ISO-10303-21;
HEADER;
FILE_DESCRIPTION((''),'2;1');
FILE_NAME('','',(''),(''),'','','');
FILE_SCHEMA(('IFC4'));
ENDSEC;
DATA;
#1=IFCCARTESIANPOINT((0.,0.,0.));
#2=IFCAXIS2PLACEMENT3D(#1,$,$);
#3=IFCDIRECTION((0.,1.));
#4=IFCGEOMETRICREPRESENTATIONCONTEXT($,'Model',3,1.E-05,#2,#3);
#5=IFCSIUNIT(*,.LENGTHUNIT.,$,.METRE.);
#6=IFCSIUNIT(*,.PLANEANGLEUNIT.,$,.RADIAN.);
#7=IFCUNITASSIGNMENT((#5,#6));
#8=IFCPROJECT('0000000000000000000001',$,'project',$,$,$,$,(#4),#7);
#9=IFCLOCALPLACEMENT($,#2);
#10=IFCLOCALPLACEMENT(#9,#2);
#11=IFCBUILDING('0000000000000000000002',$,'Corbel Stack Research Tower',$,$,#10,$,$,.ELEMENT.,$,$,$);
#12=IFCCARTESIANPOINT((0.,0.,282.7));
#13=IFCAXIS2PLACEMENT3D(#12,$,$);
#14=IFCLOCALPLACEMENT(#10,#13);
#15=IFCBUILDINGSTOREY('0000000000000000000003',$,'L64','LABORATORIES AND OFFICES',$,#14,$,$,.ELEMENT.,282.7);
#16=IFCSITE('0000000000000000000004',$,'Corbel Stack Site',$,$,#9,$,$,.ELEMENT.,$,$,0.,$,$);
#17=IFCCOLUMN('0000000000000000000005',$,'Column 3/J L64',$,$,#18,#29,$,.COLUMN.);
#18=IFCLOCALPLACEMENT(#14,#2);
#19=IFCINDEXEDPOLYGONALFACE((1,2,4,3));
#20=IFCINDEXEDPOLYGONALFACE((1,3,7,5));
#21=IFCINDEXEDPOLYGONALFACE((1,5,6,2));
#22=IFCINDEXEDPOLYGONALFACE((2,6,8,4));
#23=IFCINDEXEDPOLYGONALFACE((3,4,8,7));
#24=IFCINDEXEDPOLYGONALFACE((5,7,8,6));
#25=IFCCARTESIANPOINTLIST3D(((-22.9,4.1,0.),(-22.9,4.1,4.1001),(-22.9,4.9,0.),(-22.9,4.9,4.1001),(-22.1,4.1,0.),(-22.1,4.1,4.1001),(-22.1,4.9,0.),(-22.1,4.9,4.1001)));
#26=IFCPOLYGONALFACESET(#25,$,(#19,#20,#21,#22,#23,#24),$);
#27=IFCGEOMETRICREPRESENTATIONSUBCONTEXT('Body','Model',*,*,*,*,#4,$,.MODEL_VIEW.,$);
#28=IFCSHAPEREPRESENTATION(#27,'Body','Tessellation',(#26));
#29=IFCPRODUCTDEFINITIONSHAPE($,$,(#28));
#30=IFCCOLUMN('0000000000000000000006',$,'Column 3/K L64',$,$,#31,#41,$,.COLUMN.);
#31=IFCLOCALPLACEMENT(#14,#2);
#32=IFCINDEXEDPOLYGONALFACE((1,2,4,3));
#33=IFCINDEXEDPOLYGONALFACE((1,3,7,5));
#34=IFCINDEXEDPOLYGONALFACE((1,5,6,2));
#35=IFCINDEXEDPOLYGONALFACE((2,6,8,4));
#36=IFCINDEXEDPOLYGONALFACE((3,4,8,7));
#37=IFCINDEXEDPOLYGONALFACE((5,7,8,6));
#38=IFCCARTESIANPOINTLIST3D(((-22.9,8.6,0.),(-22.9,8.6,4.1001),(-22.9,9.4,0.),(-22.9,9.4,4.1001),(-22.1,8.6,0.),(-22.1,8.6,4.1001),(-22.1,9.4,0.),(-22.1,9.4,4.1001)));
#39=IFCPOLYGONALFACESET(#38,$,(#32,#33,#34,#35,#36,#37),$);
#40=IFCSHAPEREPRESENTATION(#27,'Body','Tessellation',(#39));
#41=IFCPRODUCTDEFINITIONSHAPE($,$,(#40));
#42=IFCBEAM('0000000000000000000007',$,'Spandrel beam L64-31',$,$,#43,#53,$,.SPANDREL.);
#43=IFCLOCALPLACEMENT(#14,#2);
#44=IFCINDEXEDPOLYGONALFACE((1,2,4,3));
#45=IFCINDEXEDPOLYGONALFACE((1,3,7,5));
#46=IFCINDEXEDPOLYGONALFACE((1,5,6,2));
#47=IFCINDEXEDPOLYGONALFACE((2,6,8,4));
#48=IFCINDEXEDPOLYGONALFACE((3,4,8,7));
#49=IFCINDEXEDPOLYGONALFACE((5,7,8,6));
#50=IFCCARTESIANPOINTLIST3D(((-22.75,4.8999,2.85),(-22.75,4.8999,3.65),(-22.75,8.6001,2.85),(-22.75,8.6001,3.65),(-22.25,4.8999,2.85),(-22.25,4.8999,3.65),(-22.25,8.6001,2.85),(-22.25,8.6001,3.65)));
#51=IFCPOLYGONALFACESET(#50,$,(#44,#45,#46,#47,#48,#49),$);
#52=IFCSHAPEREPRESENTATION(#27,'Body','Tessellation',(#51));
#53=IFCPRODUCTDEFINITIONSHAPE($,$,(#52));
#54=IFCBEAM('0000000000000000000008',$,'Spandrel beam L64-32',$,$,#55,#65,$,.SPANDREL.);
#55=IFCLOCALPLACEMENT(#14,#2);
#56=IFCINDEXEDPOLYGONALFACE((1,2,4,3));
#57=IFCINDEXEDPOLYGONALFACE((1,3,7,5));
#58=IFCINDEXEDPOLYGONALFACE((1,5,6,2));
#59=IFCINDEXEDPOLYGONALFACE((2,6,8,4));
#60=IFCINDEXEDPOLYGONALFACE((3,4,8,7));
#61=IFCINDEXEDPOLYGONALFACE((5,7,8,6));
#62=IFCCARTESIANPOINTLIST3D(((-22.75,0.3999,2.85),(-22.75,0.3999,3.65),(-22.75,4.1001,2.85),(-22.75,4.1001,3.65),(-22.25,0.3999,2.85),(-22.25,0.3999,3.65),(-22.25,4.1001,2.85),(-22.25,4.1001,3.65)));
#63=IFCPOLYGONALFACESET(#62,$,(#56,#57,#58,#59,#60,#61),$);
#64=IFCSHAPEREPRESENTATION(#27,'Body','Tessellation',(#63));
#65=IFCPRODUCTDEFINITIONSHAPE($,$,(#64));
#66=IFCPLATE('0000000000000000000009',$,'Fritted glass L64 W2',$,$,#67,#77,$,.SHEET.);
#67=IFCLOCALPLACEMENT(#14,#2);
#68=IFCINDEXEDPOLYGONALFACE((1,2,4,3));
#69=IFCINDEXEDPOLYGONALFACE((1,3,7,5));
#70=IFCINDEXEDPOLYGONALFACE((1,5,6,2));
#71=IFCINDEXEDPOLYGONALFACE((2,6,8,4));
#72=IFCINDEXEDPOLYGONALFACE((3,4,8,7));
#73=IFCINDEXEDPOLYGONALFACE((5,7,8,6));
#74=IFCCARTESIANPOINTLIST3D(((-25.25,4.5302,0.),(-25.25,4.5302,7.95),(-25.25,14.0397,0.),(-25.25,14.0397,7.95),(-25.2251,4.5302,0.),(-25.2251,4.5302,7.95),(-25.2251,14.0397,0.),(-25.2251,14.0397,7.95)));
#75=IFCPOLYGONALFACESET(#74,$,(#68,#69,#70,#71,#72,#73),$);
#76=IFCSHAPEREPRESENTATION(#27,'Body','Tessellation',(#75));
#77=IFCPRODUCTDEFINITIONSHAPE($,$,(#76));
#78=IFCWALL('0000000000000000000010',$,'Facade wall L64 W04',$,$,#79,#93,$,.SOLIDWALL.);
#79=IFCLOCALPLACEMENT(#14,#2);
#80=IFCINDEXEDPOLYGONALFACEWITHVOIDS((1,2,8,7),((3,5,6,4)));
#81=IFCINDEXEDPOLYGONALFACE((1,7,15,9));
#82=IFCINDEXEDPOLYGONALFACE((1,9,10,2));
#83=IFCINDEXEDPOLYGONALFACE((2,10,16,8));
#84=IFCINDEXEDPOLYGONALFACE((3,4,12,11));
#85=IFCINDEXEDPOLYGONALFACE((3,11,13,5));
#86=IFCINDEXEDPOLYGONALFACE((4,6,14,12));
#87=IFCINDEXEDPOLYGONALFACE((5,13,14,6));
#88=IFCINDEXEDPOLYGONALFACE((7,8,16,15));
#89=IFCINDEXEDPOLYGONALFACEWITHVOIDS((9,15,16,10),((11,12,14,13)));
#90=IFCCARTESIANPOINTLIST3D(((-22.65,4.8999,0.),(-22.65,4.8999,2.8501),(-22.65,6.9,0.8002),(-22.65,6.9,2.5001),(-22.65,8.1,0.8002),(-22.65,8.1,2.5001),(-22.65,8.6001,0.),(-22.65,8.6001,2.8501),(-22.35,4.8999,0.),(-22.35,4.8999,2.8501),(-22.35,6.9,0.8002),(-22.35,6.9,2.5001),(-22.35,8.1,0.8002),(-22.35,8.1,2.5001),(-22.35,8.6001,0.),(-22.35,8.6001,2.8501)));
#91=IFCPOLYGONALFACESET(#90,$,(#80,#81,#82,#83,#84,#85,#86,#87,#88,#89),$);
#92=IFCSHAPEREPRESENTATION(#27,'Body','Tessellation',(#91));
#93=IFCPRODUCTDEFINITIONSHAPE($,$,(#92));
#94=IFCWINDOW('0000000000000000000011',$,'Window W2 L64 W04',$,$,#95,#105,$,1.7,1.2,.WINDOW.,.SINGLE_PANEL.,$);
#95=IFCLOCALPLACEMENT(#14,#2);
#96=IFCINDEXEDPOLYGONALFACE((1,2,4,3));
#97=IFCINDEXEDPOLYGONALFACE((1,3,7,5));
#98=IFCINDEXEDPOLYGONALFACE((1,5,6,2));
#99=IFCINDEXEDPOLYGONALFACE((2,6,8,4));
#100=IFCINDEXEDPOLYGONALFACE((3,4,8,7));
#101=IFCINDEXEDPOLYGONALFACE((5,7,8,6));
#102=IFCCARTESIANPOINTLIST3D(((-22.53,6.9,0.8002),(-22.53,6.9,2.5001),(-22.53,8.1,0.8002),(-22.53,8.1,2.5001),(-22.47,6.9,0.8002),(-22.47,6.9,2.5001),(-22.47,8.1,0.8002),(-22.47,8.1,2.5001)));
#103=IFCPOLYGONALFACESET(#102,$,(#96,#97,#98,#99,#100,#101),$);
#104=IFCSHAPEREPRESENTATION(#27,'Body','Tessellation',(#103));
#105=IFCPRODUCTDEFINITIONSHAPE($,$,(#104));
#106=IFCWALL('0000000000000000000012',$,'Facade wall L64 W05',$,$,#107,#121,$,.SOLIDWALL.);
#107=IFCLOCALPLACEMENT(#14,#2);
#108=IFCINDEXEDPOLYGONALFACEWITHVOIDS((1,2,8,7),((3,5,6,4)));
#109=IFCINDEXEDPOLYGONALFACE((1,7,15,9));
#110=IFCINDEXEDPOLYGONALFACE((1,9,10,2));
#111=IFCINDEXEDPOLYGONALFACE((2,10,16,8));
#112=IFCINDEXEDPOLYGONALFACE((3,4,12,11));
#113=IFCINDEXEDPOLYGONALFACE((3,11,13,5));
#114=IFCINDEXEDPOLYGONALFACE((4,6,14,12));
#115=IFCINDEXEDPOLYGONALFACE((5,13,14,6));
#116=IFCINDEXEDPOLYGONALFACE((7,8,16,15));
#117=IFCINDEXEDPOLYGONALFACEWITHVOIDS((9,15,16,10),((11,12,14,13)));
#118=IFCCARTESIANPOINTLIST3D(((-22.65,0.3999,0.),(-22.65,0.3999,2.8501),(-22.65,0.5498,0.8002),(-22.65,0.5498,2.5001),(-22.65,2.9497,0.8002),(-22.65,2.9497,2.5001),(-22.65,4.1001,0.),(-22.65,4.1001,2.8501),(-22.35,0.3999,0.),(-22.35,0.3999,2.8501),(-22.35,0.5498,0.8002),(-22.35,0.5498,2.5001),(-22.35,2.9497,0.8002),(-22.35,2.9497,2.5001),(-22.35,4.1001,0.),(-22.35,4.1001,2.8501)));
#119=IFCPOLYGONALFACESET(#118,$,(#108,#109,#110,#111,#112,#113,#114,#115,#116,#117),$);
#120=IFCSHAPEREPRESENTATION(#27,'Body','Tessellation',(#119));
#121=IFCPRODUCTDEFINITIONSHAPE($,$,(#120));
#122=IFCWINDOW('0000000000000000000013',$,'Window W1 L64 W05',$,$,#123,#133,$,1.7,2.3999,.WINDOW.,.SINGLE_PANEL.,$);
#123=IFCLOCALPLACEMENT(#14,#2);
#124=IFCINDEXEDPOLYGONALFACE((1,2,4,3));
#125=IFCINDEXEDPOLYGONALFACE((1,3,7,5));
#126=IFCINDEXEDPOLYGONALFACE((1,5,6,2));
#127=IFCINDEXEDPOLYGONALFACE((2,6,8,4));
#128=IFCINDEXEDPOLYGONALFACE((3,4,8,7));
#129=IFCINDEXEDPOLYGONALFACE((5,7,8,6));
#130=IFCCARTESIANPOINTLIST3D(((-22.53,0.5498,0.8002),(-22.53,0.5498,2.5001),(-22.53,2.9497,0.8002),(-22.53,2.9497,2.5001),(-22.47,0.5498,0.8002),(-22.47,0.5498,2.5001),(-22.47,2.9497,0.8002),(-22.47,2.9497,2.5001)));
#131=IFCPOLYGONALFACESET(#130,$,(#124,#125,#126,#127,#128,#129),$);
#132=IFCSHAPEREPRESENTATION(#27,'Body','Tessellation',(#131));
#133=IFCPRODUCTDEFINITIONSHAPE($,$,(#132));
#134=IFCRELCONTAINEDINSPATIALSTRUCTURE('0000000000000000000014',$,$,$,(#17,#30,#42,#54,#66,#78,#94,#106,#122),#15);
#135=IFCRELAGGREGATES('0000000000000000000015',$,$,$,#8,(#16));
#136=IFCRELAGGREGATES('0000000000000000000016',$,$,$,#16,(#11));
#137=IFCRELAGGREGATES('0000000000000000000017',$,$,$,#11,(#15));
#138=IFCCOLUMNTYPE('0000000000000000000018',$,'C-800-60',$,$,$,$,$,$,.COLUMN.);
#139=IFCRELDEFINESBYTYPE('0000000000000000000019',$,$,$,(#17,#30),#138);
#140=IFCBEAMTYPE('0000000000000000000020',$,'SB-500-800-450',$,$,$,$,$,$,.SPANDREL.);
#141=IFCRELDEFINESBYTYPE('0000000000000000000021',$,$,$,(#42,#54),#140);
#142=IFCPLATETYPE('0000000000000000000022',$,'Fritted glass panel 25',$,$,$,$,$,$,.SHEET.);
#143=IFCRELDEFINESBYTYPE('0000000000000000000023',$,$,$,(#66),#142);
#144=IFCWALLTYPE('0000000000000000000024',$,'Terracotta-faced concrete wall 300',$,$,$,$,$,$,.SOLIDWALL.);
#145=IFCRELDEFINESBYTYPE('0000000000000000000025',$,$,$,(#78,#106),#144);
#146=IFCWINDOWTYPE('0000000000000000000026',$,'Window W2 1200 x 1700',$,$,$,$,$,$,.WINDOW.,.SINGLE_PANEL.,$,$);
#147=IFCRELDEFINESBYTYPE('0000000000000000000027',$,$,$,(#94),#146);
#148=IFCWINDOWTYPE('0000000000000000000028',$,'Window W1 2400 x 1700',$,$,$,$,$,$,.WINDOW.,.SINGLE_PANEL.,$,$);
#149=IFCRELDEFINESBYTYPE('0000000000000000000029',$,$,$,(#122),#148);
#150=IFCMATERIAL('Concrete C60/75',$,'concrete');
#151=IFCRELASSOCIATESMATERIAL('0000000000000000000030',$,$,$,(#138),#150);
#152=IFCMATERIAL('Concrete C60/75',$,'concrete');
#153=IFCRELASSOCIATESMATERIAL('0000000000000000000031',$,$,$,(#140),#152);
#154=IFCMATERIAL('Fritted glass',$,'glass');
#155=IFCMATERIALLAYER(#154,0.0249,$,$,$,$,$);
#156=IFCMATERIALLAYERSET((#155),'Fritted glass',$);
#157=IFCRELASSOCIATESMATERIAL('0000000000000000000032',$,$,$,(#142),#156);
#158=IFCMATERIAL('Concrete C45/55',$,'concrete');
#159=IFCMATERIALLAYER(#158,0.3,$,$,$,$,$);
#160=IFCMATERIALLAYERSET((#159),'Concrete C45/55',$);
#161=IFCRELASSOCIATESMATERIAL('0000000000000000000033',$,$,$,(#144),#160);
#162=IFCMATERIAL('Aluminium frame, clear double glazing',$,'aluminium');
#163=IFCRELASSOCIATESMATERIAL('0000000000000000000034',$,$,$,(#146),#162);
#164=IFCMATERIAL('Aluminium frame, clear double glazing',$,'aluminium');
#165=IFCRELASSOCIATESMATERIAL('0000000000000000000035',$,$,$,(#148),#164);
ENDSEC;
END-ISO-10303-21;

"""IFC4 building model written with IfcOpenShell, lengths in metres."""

from ifc_helpers import new_model, si_unit, direction, frame, frame_2d, origin, origin_2d, place, context, subcontext, project, spatial, rectangle, extrude, material, layer, layer_set, material_profile, profile_set, type_object, element, fill, save


model = new_model("IFC4")

# Units and contexts
model_context = context("Model", 3, precision=1e-05, world=origin(), true_north=direction((0.0, 1.0)))
body_context = subcontext(model_context, "Body", "Model", "MODEL_VIEW")
ifc_project = project(units=[si_unit("LENGTHUNIT", "METRE"), si_unit("PLANEANGLEUNIT", "RADIAN")], contexts=[model_context])

# Site, building, storey
site_placement = place(None, origin())
site = spatial("IfcSite", under=ifc_project, at=site_placement, Name="Corbel Stack Site", CompositionType="ELEMENT", RefElevation=0.0)
building_placement = place(site_placement, origin())
building = spatial("IfcBuilding", under=site, at=building_placement, Name="Corbel Stack Research Tower", CompositionType="ELEMENT")
storey_placement = place(building_placement, frame((0.0, 0.0, 282.7)))
storey = spatial("IfcBuildingStorey", under=building, at=storey_placement, Name="L64", Description="LABORATORIES AND OFFICES", CompositionType="ELEMENT", Elevation=282.7)

# Columns
ifc_material_1 = material(Name="Concrete C60/75", Category="concrete")
ifc_material_profile_1 = material_profile(ifc_material_1, rectangle(XDim=0.8, YDim=0.8, at=origin_2d()), Name="RC 800 x 800")
ifc_profile_set_1 = profile_set([ifc_material_profile_1], Name="Concrete C60/75")
column_type = type_object("IfcColumnType", Name="C-800-60", PredefinedType="COLUMN", material=ifc_profile_set_1)
for number, where, z_axis, x_axis, name in (
    (1, (-22.5, 4.5, 0.0), (0.0, 0.0, 1.0), (1.0, 0.0, 0.0), "Column 3/J L64"),
    (2, (-22.5, 9.0, 0.0), (0.0, 0.0, 1.0), (1.0, 0.0, 0.0), "Column 3/K L64"),
):
    element("IfcColumn", number, at=place(storey_placement, frame(where, z_axis=z_axis, x_axis=x_axis)), inside=storey, type_object=column_type, Name=name, PredefinedType="COLUMN", context=body_context, shape_type="SweptSolid", body=[
        extrude(rectangle(XDim=0.8, YDim=0.8, at=origin_2d()), origin(), (0.0, 0.0, 1.0), 4.1001),
    ])

# Beams
ifc_material_2 = material(Name="Concrete C60/75", Category="concrete")
ifc_material_profile_2 = material_profile(ifc_material_2, rectangle(XDim=0.5, YDim=0.8, at=origin_2d()), Name="RC 500 x 800")
ifc_profile_set_2 = profile_set([ifc_material_profile_2], Name="Concrete C60/75")
beam_type = type_object("IfcBeamType", Name="SB-500-800-450", PredefinedType="SPANDREL", material=ifc_profile_set_2)
for number, where, z_axis, x_axis, name in (
    (3, (-22.5, 8.6001, 3.25), (0.0, -1.0, 0.0), (1.0, 0.0, 0.0), "Spandrel beam L64-31"),
    (4, (-22.5, 4.1001, 3.25), (0.0, -1.0, 0.0), (1.0, 0.0, 0.0), "Spandrel beam L64-32"),
):
    element("IfcBeam", number, at=place(storey_placement, frame(where, z_axis=z_axis, x_axis=x_axis)), inside=storey, type_object=beam_type, Name=name, PredefinedType="SPANDREL", context=body_context, shape_type="SweptSolid", body=[
        extrude(rectangle(XDim=0.5, YDim=0.8, at=origin_2d()), origin(), (0.0, 0.0, 1.0), 3.7002),
    ])

# Plate
ifc_material_3 = material(Name="Fritted glass", Category="glass")
ifc_layer_1 = layer(ifc_material_3, 0.0249)
ifc_layer_set_1 = layer_set([ifc_layer_1], Name="Fritted glass")
plate_type = type_object("IfcPlateType", Name="Fritted glass panel 25", PredefinedType="SHEET", material=ifc_layer_set_1)
plate_placement = place(storey_placement, frame((-25.2375, 9.2849, 0.0), z_axis=(0.0, 0.0, 1.0), x_axis=(0.0, -1.0, 0.0)))
element("IfcPlate", 5, at=plate_placement, inside=storey, type_object=plate_type, Name="Fritted glass L64 W2", PredefinedType="SHEET", context=body_context, shape_type="SweptSolid", body=[
    extrude(rectangle(XDim=9.5095, YDim=0.0249, at=origin_2d()), origin(), (0.0, 0.0, 1.0), 7.95),
])

# Walls, openings, windows
ifc_material_4 = material(Name="Concrete C45/55", Category="concrete")
ifc_layer_2 = layer(ifc_material_4, 0.3)
ifc_layer_set_2 = layer_set([ifc_layer_2], Name="Concrete C45/55")
wall_type = type_object("IfcWallType", Name="Terracotta-faced concrete wall 300", PredefinedType="SOLIDWALL", material=ifc_layer_set_2)
wall_1_placement = place(storey_placement, frame((-22.5, 4.8999, 0.0), z_axis=(0.0, 0.0, 1.0), x_axis=(0.0, 1.0, 0.0)))
wall_1 = element("IfcWall", 6, at=wall_1_placement, inside=storey, type_object=wall_type, Name="Facade wall L64 W04", PredefinedType="SOLIDWALL", context=body_context, shape_type="SweptSolid", body=[
    extrude(rectangle(XDim=3.7002, YDim=0.3, at=frame_2d((1.8501, 0.0))), origin(), (0.0, 0.0, 1.0), 2.8501),
])
opening_1_placement = place(wall_1_placement, frame((2.0, 0.0, 0.8)))
opening_1 = element("IfcOpeningElement", 7, at=opening_1_placement, cuts=wall_1, PredefinedType="OPENING", context=body_context, shape_type="SweptSolid", body=[
    extrude(rectangle(XDim=1.2, YDim=1.7, at=frame_2d((0.6001, 0.8501))), frame((0.0, 0.1599, 0.0), z_axis=(0.0, -1.0, 0.0), x_axis=(1.0, 0.0, 0.0)), (0.0, 0.0, 1.0), 0.3201),
])
ifc_material_5 = material(Name="Aluminium frame, clear double glazing", Category="aluminium")
window_type_1 = type_object("IfcWindowType", Name="Window W2 1200 x 1700", PartitioningType="SINGLE_PANEL", PredefinedType="WINDOW", material=ifc_material_5)
window_1_placement = place(opening_1_placement, origin())
window_1 = element("IfcWindow", 8, at=window_1_placement, inside=storey, type_object=window_type_1, Name="Window W2 L64 W04", OverallHeight=1.7, OverallWidth=1.2, PartitioningType="SINGLE_PANEL", PredefinedType="WINDOW", context=body_context, shape_type="SweptSolid", body=[
    extrude(rectangle(XDim=1.2, YDim=1.7, at=frame_2d((0.6001, 0.8501))), frame((0.0, 0.03, 0.0), z_axis=(0.0, -1.0, 0.0), x_axis=(1.0, 0.0, 0.0)), (0.0, 0.0, 1.0), 0.0601),
])
fill(opening_1, window_1)
wall_2_placement = place(storey_placement, frame((-22.5, 0.3999, 0.0), z_axis=(0.0, 0.0, 1.0), x_axis=(0.0, 1.0, 0.0)))
wall_2 = element("IfcWall", 9, at=wall_2_placement, inside=storey, type_object=wall_type, Name="Facade wall L64 W05", PredefinedType="SOLIDWALL", context=body_context, shape_type="SweptSolid", body=[
    extrude(rectangle(XDim=3.7002, YDim=0.3, at=frame_2d((1.8501, 0.0))), origin(), (0.0, 0.0, 1.0), 2.8501),
])
opening_2_placement = place(wall_2_placement, frame((0.1499, 0.0, 0.8)))
opening_2 = element("IfcOpeningElement", 10, at=opening_2_placement, cuts=wall_2, PredefinedType="OPENING", context=body_context, shape_type="SweptSolid", body=[
    extrude(rectangle(XDim=2.3999, YDim=1.7, at=frame_2d((1.2, 0.8501))), frame((0.0, 0.1599, 0.0), z_axis=(0.0, -1.0, 0.0), x_axis=(1.0, 0.0, 0.0)), (0.0, 0.0, 1.0), 0.3201),
])
ifc_material_6 = material(Name="Aluminium frame, clear double glazing", Category="aluminium")
window_type_2 = type_object("IfcWindowType", Name="Window W1 2400 x 1700", PartitioningType="SINGLE_PANEL", PredefinedType="WINDOW", material=ifc_material_6)
window_2_placement = place(opening_2_placement, origin())
window_2 = element("IfcWindow", 11, at=window_2_placement, inside=storey, type_object=window_type_2, Name="Window W1 L64 W05", OverallHeight=1.7, OverallWidth=2.3999, PartitioningType="SINGLE_PANEL", PredefinedType="WINDOW", context=body_context, shape_type="SweptSolid", body=[
    extrude(rectangle(XDim=2.3999, YDim=1.7, at=frame_2d((1.2, 0.8501))), frame((0.0, 0.03, 0.0), z_axis=(0.0, -1.0, 0.0), x_axis=(1.0, 0.0, 0.0)), (0.0, 0.0, 1.0), 0.0601),
])
fill(opening_2, window_2)

save(model, "model.ifc")
